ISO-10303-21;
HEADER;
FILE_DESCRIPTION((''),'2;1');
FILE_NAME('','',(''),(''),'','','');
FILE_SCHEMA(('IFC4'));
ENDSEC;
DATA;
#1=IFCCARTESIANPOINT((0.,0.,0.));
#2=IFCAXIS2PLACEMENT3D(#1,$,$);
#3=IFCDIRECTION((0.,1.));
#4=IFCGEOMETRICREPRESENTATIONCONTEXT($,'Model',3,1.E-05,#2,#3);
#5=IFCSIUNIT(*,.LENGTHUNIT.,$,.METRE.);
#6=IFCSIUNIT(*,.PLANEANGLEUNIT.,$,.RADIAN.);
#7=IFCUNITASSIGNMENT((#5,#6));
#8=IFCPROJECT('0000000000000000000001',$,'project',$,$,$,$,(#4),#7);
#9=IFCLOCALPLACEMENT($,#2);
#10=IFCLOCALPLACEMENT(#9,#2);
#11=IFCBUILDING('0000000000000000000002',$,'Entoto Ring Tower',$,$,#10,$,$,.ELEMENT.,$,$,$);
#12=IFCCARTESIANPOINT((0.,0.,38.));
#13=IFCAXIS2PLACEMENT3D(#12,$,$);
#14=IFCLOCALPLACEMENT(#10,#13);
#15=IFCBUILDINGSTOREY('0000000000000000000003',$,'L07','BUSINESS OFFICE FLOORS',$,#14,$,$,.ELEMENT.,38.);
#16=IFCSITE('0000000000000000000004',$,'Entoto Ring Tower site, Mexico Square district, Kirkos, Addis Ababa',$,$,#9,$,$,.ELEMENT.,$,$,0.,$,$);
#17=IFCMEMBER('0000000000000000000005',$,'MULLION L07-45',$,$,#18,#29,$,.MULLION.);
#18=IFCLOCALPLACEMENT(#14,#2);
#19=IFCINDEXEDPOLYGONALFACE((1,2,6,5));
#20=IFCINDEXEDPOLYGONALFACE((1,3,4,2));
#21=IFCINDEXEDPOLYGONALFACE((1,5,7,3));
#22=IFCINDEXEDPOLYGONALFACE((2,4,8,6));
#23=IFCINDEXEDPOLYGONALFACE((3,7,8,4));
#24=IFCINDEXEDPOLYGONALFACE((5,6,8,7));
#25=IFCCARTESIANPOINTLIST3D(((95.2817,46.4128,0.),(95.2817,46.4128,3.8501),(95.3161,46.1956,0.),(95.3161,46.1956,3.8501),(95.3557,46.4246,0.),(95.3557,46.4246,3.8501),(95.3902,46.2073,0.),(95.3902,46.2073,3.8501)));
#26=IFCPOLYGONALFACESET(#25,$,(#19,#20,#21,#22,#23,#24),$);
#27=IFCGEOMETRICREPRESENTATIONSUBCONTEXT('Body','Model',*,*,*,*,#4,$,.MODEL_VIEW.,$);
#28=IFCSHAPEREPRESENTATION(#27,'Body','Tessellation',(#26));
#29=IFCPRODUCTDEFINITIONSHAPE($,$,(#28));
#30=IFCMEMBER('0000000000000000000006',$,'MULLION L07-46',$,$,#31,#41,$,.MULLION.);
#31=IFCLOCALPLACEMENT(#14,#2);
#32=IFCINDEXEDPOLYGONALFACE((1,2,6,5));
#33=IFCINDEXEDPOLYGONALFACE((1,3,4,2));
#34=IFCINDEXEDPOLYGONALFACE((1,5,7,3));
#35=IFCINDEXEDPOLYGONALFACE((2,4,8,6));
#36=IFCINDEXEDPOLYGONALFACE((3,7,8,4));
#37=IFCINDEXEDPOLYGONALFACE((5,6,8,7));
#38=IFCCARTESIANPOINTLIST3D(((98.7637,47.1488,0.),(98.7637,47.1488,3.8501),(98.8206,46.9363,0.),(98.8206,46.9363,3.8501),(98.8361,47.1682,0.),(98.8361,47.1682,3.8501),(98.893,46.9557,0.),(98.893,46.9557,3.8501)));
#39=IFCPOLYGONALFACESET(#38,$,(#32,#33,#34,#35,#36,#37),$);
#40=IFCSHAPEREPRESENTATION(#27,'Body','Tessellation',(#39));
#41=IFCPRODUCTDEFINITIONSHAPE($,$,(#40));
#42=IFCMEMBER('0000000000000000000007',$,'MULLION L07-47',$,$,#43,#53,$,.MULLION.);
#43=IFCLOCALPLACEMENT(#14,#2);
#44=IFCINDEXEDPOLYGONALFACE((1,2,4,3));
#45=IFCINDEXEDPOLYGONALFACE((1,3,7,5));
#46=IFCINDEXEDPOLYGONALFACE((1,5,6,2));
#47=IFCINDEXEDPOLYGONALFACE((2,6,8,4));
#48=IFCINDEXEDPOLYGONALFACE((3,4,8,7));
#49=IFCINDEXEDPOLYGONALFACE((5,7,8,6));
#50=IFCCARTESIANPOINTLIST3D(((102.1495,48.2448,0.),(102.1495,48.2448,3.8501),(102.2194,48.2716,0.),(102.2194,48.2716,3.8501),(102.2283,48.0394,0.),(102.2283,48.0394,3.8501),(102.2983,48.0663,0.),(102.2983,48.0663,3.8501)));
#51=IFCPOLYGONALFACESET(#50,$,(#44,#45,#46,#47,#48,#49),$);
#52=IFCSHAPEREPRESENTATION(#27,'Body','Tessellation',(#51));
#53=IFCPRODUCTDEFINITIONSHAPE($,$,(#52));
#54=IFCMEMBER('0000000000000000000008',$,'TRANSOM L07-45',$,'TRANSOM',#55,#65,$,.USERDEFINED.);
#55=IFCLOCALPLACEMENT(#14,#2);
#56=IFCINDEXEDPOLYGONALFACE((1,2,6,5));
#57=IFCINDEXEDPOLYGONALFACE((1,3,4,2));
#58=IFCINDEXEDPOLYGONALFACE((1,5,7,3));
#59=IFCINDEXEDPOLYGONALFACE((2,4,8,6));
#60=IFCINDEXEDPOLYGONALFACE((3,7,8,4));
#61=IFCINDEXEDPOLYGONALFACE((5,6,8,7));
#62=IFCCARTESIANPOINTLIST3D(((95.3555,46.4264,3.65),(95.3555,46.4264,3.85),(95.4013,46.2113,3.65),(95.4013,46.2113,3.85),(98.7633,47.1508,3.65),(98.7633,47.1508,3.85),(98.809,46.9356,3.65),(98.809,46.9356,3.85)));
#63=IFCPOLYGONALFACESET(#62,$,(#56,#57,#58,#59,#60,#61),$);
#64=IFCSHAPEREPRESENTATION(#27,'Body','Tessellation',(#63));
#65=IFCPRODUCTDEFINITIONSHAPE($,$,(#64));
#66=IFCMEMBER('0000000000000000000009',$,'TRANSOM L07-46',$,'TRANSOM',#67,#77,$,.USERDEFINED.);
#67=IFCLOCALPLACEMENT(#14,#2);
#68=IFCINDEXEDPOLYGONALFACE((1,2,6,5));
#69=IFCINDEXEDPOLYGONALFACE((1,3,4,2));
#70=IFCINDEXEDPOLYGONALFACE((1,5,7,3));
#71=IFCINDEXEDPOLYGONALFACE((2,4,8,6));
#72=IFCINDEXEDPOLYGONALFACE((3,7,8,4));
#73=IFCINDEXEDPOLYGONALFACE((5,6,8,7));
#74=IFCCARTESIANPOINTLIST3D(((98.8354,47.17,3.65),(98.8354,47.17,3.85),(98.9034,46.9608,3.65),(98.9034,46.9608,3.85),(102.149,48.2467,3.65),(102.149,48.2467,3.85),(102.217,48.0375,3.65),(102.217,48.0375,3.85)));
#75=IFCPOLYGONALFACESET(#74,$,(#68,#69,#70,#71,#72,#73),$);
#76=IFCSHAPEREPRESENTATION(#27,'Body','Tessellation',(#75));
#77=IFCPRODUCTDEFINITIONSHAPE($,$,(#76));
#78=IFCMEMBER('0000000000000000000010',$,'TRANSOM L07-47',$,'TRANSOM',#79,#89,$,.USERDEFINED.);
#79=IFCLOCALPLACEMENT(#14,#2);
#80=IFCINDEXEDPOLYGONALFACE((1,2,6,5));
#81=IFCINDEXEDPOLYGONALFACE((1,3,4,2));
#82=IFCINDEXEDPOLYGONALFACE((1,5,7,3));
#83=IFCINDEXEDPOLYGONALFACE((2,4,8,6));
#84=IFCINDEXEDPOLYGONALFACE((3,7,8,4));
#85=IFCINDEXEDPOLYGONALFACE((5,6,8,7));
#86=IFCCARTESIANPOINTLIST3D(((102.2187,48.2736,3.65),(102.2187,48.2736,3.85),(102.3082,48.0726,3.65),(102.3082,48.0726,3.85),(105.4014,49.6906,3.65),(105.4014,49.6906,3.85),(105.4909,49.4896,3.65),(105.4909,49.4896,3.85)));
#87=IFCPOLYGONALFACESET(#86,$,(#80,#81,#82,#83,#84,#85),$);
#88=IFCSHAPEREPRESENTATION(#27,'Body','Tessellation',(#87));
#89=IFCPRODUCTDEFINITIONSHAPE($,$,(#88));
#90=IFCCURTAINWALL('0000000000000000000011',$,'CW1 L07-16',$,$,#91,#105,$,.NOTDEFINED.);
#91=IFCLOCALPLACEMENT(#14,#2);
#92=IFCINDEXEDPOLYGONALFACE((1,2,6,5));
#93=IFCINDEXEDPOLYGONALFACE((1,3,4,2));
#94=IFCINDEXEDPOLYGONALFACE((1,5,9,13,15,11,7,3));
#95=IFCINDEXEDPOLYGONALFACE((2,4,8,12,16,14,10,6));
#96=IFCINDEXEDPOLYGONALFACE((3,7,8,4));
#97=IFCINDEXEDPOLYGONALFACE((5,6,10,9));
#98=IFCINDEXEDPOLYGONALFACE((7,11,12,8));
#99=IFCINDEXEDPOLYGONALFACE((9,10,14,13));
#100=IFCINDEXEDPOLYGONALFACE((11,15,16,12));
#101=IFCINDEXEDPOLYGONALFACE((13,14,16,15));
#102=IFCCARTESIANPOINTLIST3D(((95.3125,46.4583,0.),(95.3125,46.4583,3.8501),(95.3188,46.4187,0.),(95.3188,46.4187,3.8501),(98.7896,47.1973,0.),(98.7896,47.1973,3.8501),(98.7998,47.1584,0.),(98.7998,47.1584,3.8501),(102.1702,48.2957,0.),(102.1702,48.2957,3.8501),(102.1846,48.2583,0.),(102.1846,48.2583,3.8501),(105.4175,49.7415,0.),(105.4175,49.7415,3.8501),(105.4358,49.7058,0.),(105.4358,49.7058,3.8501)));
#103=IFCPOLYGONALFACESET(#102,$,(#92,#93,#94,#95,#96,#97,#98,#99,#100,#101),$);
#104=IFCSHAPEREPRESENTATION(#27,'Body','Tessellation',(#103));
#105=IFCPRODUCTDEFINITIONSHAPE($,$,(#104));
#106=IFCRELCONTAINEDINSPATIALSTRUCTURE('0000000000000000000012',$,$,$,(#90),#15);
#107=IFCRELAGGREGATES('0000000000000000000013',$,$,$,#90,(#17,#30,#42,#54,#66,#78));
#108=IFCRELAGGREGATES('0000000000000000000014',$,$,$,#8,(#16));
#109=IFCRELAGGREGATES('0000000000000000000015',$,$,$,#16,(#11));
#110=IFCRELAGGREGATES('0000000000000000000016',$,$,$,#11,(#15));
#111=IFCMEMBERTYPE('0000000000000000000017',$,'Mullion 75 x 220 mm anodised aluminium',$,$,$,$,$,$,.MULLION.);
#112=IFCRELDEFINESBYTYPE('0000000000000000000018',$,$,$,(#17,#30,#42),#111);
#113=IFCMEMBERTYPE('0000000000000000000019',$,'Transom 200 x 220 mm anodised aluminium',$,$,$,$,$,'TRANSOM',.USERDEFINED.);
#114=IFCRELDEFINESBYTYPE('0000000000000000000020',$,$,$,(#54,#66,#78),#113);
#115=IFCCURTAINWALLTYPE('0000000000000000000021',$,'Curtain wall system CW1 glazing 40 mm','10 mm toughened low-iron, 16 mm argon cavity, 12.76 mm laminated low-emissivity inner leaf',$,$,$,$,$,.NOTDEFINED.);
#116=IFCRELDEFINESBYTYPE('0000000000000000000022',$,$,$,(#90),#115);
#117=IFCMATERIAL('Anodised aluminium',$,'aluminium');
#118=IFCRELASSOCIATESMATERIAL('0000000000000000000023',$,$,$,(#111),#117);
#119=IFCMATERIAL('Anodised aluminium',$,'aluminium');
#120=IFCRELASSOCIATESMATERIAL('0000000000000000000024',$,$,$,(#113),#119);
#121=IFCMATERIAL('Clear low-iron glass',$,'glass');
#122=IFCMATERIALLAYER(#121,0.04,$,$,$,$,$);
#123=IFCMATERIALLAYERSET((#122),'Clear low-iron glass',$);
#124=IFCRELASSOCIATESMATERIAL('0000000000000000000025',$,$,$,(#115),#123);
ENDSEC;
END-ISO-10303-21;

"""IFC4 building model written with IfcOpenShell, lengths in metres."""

from ifc_helpers import new_model, si_unit, direction, frame, origin, origin_2d, place, context, subcontext, project, spatial, polyline, rectangle, outline, extrude, material, layer, layer_set, material_profile, profile_set, type_object, element, aggregate, save


model = new_model("IFC4")

# Units and contexts
model_context = context("Model", 3, precision=1e-05, world=origin(), true_north=direction((0.0, 1.0)))
body_context = subcontext(model_context, "Body", "Model", "MODEL_VIEW")
ifc_project = project(units=[si_unit("LENGTHUNIT", "METRE"), si_unit("PLANEANGLEUNIT", "RADIAN")], contexts=[model_context])

# Members
ifc_material_1 = material(Name="Anodised aluminium", Category="aluminium")
ifc_material_profile_1 = material_profile(ifc_material_1, rectangle(XDim=0.075, YDim=0.22, at=origin_2d()), Name="Mullion 75 x 220 mm anodised aluminium")
ifc_profile_set_1 = profile_set([ifc_material_profile_1], Name="Anodised aluminium")
member_type_1 = type_object("IfcMemberType", Name="Mullion 75 x 220 mm anodised aluminium", PredefinedType="MULLION", material=ifc_profile_set_1)
site_placement = place(None, origin())
building_placement = place(site_placement, origin())
storey_placement = place(building_placement, frame((0.0, 0.0, 38.0)))
member_1_placement = place(storey_placement, frame((95.3359, 46.3101, 0.0), z_axis=(0.0, 0.0, 1.0), x_axis=(0.987688, 0.156434, 0.0)))
member_1 = element("IfcMember", 1, at=member_1_placement, type_object=member_type_1, Name="MULLION L07-45", PredefinedType="MULLION", context=body_context, shape_type="SweptSolid", body=[
    extrude(rectangle(XDim=0.075, YDim=0.22, at=origin_2d()), origin(), (0.0, 0.0, 1.0), 3.8501),
])
member_2_placement = place(storey_placement, frame((98.8284, 47.0522, 0.0), z_axis=(0.0, 0.0, 1.0), x_axis=(0.965926, 0.258819, 0.0)))
member_2 = element("IfcMember", 2, at=member_2_placement, type_object=member_type_1, Name="MULLION L07-46", PredefinedType="MULLION", context=body_context, shape_type="SweptSolid", body=[
    extrude(rectangle(XDim=0.075, YDim=0.22, at=origin_2d()), origin(), (0.0, 0.0, 1.0), 3.8501),
])
member_3_placement = place(storey_placement, frame((102.2239, 48.1555, 0.0), z_axis=(0.0, 0.0, 1.0), x_axis=(0.93358, 0.358368, 0.0)))
member_3 = element("IfcMember", 3, at=member_3_placement, type_object=member_type_1, Name="MULLION L07-47", PredefinedType="MULLION", context=body_context, shape_type="SweptSolid", body=[
    extrude(rectangle(XDim=0.075, YDim=0.22, at=origin_2d()), origin(), (0.0, 0.0, 1.0), 3.8501),
])
ifc_material_2 = material(Name="Anodised aluminium", Category="aluminium")
ifc_material_profile_2 = material_profile(ifc_material_2, rectangle(XDim=0.22, YDim=0.2, at=origin_2d()), Name="Transom 200 x 220 mm anodised aluminium")
ifc_profile_set_2 = profile_set([ifc_material_profile_2], Name="Anodised aluminium")
member_type_2 = type_object("IfcMemberType", Name="Transom 200 x 220 mm anodised aluminium", ElementType="TRANSOM", PredefinedType="USERDEFINED", material=ifc_profile_set_2)
member_4_placement = place(storey_placement, frame((95.3784, 46.3188, 3.75), z_axis=(0.978146, 0.207921, 0.0), x_axis=(-0.207921, 0.978146, 0.0)))
member_4 = element("IfcMember", 4, at=member_4_placement, type_object=member_type_2, Name="TRANSOM L07-45", ObjectType="TRANSOM", PredefinedType="USERDEFINED", context=body_context, shape_type="SweptSolid", body=[
    extrude(rectangle(XDim=0.22, YDim=0.2, at=origin_2d()), origin(), (0.0, 0.0, 1.0), 3.4839),
])
member_5_placement = place(storey_placement, frame((98.8694, 47.0654, 3.75), z_axis=(0.951053, 0.309029, 0.0), x_axis=(-0.309029, 0.951053, 0.0)))
member_5 = element("IfcMember", 5, at=member_5_placement, type_object=member_type_2, Name="TRANSOM L07-46", ObjectType="TRANSOM", PredefinedType="USERDEFINED", context=body_context, shape_type="SweptSolid", body=[
    extrude(rectangle(XDim=0.22, YDim=0.2, at=origin_2d()), origin(), (0.0, 0.0, 1.0), 3.4841),
])
member_6_placement = place(storey_placement, frame((102.2634, 48.1731, 3.75), z_axis=(0.913545, 0.406737, 0.0), x_axis=(-0.406737, 0.913545, 0.0)))
member_6 = element("IfcMember", 6, at=member_6_placement, type_object=member_type_2, Name="TRANSOM L07-47", ObjectType="TRANSOM", PredefinedType="USERDEFINED", context=body_context, shape_type="SweptSolid", body=[
    extrude(rectangle(XDim=0.22, YDim=0.2, at=origin_2d()), origin(), (0.0, 0.0, 1.0), 3.4839),
])

# Site, building, storey
site = spatial("IfcSite", under=ifc_project, at=site_placement, Name="Entoto Ring Tower site, Mexico Square district, Kirkos, Addis Ababa", CompositionType="ELEMENT", RefElevation=0.0)
building = spatial("IfcBuilding", under=site, at=building_placement, Name="Entoto Ring Tower", CompositionType="ELEMENT")
storey = spatial("IfcBuildingStorey", under=building, at=storey_placement, Name="L07", Description="BUSINESS OFFICE FLOORS", CompositionType="ELEMENT", Elevation=38.0)

# Curtain wall
ifc_material_3 = material(Name="Clear low-iron glass", Category="glass")
ifc_layer_1 = layer(ifc_material_3, 0.04)
ifc_layer_set_1 = layer_set([ifc_layer_1], Name="Clear low-iron glass")
curtain_wall_type = type_object("IfcCurtainWallType", Name="Curtain wall system CW1 glazing 40 mm", Description="10 mm toughened low-iron, 16 mm argon cavity, 12.76 mm laminated low-emissivity inner leaf", PredefinedType="NOTDEFINED", material=ifc_layer_set_1)
curtain_wall_1_placement = place(storey_placement, origin())
curtain_wall_1 = element("IfcCurtainWall", 7, at=curtain_wall_1_placement, inside=storey, type_object=curtain_wall_type, Name="CW1 L07-16", PredefinedType="NOTDEFINED", context=body_context, shape_type="SweptSolid", body=[
    extrude(outline(polyline([(95.3188, 46.4187), (98.7998, 47.1584), (102.1846, 48.2583), (105.4358, 49.7058), (105.4175, 49.7415), (102.1702, 48.2957), (98.7896, 47.1973), (95.3125, 46.4583), (95.3188, 46.4187)])), origin(), (0.0, 0.0, 1.0), 3.8501),
])
aggregate(curtain_wall_1, [member_1, member_2, member_3, member_4, member_5, member_6])

save(model, "model.ifc")
